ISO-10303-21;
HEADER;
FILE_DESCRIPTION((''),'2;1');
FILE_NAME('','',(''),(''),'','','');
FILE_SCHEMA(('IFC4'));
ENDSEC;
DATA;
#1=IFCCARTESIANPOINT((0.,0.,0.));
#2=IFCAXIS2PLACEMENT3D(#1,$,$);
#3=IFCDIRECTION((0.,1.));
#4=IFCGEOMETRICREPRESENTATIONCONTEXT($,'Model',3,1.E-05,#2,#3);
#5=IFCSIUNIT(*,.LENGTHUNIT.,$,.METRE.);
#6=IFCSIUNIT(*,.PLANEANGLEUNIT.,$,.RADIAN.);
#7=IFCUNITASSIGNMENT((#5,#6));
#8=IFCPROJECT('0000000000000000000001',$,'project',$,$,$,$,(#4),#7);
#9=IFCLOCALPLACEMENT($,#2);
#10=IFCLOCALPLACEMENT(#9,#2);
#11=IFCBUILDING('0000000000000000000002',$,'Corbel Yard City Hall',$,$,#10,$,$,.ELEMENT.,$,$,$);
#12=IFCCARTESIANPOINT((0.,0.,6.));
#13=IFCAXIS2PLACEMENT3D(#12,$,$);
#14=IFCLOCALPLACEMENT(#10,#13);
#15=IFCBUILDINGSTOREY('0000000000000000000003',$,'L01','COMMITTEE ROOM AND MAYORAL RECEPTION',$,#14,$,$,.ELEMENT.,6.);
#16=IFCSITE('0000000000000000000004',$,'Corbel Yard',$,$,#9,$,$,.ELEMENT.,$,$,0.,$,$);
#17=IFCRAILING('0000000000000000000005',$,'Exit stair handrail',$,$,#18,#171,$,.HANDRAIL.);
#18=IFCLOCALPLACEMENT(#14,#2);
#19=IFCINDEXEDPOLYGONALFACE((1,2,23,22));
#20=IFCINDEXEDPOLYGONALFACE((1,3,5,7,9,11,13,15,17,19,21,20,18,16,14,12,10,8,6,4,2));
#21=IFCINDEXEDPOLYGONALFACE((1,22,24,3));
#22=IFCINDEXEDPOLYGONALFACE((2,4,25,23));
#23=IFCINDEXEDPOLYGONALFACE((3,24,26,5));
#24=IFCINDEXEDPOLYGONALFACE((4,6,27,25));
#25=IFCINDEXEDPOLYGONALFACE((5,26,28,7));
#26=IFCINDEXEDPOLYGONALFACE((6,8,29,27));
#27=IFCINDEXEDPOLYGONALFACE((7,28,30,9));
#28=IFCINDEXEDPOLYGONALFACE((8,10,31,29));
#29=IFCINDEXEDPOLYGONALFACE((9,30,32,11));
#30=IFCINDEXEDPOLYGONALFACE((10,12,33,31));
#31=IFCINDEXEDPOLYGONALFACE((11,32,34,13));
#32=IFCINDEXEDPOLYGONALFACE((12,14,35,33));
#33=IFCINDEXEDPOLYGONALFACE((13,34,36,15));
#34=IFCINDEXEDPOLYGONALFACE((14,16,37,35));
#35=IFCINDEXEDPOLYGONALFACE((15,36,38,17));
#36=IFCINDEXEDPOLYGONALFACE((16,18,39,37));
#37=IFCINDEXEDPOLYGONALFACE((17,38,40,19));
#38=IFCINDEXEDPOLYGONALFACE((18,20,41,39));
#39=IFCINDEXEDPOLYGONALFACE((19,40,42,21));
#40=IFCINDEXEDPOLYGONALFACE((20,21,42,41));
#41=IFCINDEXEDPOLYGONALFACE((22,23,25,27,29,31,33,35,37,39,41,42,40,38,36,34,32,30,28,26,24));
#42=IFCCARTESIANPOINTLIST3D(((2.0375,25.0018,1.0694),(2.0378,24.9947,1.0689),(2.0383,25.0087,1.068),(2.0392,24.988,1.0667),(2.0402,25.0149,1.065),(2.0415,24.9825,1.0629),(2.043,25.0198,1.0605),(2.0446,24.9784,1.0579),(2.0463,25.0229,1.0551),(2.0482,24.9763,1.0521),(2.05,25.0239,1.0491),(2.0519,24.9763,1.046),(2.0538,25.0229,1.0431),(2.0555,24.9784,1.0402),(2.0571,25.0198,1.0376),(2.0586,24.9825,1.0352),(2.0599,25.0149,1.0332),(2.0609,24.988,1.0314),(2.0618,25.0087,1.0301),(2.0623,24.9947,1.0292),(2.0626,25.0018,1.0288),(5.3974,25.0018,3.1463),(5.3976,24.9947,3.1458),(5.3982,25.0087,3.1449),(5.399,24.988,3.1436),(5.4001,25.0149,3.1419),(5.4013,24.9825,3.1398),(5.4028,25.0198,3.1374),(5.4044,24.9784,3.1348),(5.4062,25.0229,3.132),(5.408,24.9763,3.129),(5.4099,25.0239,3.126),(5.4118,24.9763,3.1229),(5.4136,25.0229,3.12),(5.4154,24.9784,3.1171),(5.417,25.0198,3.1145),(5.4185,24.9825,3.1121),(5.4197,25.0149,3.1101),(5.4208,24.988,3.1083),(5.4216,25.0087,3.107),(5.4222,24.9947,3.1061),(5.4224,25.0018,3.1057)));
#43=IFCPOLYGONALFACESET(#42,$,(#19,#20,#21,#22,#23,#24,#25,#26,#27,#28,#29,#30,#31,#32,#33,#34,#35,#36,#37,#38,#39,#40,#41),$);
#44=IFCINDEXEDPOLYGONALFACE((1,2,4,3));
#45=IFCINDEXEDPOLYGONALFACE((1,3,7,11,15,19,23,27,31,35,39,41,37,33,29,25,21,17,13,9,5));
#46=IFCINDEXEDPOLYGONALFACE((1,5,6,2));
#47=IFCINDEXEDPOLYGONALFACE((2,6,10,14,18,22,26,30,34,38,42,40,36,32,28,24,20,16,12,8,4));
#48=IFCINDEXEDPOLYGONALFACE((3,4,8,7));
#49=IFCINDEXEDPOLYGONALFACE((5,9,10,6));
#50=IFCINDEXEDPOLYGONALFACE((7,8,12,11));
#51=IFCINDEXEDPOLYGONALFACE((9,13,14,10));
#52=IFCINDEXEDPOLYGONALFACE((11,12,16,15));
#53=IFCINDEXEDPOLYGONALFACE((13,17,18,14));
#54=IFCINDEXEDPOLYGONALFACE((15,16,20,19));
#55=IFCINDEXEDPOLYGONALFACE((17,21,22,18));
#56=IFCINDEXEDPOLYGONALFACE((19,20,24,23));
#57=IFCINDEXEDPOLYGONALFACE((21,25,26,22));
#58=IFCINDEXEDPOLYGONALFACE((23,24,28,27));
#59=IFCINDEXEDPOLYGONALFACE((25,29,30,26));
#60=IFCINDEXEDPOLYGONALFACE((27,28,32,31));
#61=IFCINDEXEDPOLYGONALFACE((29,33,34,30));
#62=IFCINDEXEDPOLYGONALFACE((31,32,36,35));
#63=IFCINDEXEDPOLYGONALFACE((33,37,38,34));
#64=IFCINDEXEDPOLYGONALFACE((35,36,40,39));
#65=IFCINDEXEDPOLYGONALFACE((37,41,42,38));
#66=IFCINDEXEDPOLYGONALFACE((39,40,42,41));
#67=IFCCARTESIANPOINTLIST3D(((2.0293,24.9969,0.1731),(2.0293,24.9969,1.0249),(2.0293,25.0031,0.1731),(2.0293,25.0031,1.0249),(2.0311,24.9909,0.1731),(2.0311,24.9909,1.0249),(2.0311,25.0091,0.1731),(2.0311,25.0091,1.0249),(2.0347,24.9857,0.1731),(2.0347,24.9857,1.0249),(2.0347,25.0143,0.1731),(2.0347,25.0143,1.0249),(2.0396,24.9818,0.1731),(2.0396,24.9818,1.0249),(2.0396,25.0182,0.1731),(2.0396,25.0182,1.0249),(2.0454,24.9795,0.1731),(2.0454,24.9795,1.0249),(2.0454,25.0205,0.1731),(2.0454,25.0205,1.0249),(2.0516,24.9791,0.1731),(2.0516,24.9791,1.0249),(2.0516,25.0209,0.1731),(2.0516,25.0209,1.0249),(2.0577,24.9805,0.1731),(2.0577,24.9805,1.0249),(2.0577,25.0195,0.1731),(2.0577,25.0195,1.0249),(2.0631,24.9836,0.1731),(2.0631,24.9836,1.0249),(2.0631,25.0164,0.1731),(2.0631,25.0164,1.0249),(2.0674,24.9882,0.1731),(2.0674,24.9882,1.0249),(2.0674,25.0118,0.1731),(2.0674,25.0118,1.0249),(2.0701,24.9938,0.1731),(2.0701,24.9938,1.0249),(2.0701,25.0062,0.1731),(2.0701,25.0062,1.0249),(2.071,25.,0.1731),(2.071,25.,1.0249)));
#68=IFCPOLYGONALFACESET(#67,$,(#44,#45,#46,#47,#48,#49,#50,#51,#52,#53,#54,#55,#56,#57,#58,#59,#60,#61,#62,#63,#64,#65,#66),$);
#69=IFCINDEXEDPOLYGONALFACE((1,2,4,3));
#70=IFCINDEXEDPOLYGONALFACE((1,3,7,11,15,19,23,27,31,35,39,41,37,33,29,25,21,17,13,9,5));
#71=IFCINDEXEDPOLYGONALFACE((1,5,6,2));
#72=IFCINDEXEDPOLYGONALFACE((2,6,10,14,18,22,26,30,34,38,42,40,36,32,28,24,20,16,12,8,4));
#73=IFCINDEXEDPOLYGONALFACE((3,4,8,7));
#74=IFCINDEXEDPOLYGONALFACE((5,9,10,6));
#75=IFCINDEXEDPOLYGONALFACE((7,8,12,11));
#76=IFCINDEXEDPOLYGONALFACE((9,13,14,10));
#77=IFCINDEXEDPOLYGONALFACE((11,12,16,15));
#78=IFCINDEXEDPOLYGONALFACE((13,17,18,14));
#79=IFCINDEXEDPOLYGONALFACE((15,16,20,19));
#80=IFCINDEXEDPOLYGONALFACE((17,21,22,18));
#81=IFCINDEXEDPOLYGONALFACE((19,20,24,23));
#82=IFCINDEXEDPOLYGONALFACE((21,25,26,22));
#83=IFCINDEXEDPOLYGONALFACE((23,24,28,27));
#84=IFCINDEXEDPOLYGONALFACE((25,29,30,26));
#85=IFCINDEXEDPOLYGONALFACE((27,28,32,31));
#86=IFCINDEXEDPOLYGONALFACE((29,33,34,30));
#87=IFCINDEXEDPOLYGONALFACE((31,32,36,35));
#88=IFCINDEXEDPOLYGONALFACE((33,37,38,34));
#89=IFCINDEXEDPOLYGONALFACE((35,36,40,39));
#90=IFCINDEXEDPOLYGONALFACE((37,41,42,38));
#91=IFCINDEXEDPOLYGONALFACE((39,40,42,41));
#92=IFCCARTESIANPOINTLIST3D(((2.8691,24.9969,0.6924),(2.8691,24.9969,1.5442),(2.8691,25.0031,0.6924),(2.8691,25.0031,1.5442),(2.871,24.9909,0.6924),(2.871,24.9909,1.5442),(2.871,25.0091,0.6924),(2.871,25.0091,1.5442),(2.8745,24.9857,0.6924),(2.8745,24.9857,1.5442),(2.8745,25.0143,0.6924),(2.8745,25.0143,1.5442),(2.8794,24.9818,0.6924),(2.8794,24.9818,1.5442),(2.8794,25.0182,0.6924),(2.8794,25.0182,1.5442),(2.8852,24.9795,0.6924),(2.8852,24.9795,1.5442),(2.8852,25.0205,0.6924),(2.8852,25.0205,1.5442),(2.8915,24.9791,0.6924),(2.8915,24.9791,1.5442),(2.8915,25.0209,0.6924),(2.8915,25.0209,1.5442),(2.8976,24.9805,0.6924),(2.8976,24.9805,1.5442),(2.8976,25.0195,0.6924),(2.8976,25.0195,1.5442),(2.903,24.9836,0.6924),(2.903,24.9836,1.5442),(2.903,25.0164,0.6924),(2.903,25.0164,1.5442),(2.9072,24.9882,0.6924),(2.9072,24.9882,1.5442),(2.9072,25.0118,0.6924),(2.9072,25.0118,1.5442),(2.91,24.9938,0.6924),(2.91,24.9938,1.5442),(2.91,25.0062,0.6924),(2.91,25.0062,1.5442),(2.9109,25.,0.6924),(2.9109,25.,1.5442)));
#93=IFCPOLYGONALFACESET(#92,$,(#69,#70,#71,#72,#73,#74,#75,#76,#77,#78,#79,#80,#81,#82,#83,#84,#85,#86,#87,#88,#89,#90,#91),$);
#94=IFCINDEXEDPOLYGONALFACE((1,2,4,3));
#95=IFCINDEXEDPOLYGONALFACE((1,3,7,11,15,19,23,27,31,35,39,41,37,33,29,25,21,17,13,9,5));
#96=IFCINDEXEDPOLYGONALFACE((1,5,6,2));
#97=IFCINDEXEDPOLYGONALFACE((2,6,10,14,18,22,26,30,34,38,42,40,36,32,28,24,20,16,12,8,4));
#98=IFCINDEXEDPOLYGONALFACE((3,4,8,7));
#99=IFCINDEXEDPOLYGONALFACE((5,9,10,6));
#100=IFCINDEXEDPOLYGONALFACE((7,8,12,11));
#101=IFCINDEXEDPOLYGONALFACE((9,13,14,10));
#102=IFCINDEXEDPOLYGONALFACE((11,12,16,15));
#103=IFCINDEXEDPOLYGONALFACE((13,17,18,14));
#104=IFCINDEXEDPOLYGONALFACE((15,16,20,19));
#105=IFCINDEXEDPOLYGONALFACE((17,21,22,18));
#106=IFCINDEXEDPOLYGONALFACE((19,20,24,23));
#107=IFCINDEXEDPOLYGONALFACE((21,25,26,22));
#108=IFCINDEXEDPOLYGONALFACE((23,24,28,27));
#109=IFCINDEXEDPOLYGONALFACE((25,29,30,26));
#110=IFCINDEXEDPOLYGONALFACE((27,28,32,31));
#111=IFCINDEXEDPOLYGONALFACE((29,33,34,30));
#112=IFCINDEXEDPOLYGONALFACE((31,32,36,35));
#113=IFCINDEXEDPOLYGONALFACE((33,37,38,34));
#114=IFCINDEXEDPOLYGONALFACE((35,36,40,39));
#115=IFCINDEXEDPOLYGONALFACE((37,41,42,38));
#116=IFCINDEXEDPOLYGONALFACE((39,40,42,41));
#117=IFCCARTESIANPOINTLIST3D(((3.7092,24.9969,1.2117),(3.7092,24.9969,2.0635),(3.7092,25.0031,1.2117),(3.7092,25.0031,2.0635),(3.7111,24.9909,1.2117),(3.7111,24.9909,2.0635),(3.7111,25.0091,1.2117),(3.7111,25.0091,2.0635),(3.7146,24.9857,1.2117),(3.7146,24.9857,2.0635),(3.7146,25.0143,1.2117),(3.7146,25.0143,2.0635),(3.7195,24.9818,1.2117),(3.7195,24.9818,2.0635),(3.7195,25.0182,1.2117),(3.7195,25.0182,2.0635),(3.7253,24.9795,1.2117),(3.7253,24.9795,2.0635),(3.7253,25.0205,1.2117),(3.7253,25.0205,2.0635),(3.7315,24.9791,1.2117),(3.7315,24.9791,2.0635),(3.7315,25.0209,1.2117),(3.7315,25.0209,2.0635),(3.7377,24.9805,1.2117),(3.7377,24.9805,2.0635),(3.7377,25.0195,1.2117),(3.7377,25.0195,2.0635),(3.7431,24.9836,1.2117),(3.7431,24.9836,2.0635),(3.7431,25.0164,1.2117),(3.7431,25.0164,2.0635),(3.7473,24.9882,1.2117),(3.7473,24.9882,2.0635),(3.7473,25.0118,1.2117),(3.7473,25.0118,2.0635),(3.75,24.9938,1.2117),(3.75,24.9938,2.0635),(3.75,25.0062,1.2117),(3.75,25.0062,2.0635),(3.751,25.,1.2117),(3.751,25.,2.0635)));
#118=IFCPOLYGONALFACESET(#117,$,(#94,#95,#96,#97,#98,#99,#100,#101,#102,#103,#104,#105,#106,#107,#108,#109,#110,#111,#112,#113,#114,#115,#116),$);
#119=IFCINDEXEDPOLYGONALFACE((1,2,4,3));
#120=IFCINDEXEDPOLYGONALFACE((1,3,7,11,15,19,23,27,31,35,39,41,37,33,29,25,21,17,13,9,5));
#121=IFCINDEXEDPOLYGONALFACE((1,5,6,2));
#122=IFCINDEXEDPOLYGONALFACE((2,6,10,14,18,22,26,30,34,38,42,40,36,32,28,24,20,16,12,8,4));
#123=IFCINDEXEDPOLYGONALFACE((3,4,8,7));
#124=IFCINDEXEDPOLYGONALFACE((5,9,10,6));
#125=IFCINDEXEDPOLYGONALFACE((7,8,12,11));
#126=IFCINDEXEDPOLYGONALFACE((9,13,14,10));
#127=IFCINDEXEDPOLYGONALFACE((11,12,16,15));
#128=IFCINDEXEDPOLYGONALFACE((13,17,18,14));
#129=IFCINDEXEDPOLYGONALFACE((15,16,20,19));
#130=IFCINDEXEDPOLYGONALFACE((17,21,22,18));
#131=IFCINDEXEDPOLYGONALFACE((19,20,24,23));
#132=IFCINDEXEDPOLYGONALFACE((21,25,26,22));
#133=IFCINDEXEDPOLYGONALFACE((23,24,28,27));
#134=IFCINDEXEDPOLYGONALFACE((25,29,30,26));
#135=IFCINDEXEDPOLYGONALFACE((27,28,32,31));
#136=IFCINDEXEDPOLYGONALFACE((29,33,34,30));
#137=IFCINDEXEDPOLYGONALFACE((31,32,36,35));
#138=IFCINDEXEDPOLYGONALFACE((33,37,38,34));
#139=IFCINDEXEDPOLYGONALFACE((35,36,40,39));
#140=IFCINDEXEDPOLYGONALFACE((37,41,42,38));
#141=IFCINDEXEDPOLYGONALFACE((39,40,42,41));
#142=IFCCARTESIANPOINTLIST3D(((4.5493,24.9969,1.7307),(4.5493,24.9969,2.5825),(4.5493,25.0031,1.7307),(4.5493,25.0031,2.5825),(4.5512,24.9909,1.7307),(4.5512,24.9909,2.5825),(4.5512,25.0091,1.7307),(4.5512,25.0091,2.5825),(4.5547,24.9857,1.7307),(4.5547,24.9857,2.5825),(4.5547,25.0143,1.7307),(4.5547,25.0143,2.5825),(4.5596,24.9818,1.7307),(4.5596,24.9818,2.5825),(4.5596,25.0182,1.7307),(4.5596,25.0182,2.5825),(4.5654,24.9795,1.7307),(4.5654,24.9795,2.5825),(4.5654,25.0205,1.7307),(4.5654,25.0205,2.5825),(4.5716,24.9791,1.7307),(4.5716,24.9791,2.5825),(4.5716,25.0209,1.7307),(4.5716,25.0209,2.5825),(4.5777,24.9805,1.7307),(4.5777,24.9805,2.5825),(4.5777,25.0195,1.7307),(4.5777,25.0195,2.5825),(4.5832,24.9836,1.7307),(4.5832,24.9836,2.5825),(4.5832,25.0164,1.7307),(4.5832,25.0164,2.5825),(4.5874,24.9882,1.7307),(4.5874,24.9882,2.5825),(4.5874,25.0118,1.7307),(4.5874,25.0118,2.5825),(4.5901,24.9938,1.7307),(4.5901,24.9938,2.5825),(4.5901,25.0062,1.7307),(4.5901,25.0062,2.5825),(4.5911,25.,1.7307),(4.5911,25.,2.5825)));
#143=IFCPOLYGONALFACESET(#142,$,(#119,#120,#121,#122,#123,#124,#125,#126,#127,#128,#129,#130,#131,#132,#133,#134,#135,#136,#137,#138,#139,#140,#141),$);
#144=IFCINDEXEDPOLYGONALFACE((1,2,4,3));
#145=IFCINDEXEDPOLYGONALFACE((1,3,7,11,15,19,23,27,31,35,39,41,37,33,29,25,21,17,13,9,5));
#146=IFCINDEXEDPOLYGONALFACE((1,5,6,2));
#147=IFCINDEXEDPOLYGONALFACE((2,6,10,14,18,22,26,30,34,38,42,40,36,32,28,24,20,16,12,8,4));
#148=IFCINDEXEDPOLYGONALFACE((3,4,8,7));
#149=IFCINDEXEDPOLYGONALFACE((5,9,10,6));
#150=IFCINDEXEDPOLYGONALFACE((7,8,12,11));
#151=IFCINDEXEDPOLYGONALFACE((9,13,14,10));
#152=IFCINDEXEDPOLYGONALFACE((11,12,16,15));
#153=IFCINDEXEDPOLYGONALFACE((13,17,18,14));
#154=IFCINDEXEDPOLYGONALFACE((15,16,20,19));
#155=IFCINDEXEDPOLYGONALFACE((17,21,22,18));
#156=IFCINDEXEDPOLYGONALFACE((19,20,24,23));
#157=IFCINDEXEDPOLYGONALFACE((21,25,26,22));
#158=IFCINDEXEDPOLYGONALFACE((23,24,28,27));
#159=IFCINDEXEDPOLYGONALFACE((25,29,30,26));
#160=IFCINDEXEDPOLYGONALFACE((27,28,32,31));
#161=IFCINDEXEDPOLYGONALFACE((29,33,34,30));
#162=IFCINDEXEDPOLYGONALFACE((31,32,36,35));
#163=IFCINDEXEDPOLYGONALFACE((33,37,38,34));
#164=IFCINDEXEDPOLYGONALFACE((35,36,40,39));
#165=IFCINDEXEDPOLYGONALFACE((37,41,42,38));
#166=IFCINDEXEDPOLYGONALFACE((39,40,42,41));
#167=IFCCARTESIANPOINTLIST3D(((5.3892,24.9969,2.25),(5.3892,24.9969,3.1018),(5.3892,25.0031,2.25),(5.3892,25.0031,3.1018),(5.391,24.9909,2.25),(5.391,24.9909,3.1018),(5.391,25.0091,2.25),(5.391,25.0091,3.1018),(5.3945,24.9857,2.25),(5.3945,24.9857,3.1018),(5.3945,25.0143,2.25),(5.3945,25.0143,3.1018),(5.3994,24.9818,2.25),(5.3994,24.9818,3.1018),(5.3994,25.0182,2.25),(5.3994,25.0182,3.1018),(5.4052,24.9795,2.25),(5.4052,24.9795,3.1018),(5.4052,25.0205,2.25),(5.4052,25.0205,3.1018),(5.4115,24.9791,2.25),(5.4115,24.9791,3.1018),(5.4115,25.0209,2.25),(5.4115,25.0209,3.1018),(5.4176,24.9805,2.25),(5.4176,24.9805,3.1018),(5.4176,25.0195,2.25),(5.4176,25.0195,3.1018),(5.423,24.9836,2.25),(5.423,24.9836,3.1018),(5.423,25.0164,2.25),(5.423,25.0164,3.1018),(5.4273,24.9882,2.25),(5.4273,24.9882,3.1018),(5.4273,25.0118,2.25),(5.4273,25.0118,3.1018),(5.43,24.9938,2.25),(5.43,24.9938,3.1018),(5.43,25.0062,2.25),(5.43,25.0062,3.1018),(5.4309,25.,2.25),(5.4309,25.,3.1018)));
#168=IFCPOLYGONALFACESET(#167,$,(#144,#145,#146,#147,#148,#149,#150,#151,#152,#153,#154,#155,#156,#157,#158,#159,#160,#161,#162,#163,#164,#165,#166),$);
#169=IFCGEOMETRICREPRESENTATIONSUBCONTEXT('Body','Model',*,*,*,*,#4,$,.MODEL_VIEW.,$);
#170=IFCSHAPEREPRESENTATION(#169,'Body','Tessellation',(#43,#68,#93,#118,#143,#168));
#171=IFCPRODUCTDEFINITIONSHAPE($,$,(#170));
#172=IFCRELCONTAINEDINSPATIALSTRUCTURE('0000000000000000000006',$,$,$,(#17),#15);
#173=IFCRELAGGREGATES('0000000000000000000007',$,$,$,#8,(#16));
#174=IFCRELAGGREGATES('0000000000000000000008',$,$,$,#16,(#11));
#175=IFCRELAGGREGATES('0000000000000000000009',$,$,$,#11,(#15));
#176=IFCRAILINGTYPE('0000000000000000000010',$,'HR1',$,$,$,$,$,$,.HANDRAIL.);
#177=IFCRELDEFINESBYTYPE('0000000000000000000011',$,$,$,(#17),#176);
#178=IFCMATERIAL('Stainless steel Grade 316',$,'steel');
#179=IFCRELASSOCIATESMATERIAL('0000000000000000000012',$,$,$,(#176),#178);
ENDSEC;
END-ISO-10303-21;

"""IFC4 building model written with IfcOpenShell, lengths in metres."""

from ifc_helpers import new_model, si_unit, direction, frame, origin, origin_2d, place, context, subcontext, project, spatial, circle, extrude, material, type_object, element, save


model = new_model("IFC4")

# Units and contexts
model_context = context("Model", 3, precision=1e-05, world=origin(), true_north=direction((0.0, 1.0)))
body_context = subcontext(model_context, "Body", "Model", "MODEL_VIEW")
ifc_project = project(units=[si_unit("LENGTHUNIT", "METRE"), si_unit("PLANEANGLEUNIT", "RADIAN")], contexts=[model_context])

# Site, building, storey
site_placement = place(None, origin())
site = spatial("IfcSite", under=ifc_project, at=site_placement, Name="Corbel Yard", CompositionType="ELEMENT", RefElevation=0.0)
building_placement = place(site_placement, origin())
building = spatial("IfcBuilding", under=site, at=building_placement, Name="Corbel Yard City Hall", CompositionType="ELEMENT")
storey_placement = place(building_placement, frame((0.0, 0.0, 6.0)))
storey = spatial("IfcBuildingStorey", under=building, at=storey_placement, Name="L01", Description="COMMITTEE ROOM AND MAYORAL RECEPTION", CompositionType="ELEMENT", Elevation=6.0)

# Railing
ifc_material_1 = material(Name="Stainless steel Grade 316", Category="steel")
railing_type_1 = type_object("IfcRailingType", Name="HR1", PredefinedType="HANDRAIL", material=ifc_material_1)
for number, where, name in (
    (1, (2.05, 25.0, 0.1731), "Exit stair handrail"),
):
    element("IfcRailing", number, at=place(storey_placement, frame(where)), inside=storey, type_object=railing_type_1, Name=name, PredefinedType="HANDRAIL", context=body_context, shape_type="SweptSolid", body=[
        extrude(circle(Radius=0.0239, at=origin_2d()), frame((0.0, 0.0, 0.876), z_axis=(0.850606, 0.0, 0.525803), x_axis=(0.0, 1.0, 0.0)), (0.0, 0.0, 1.0), 3.95),
        extrude(circle(Radius=0.021, at=origin_2d()), origin(), (0.0, 0.0, 1.0), 0.8518),
        extrude(circle(Radius=0.021, at=origin_2d()), frame((0.8398, 0.0, 0.5193)), (0.0, 0.0, 1.0), 0.8518),
        extrude(circle(Radius=0.021, at=origin_2d()), frame((1.6799, 0.0, 1.0386)), (0.0, 0.0, 1.0), 0.8518),
        extrude(circle(Radius=0.021, at=origin_2d()), frame((2.52, 0.0, 1.5576)), (0.0, 0.0, 1.0), 0.8518),
        extrude(circle(Radius=0.021, at=origin_2d()), frame((3.3599, 0.0, 2.0769)), (0.0, 0.0, 1.0), 0.8518),
    ])

save(model, "model.ifc")
